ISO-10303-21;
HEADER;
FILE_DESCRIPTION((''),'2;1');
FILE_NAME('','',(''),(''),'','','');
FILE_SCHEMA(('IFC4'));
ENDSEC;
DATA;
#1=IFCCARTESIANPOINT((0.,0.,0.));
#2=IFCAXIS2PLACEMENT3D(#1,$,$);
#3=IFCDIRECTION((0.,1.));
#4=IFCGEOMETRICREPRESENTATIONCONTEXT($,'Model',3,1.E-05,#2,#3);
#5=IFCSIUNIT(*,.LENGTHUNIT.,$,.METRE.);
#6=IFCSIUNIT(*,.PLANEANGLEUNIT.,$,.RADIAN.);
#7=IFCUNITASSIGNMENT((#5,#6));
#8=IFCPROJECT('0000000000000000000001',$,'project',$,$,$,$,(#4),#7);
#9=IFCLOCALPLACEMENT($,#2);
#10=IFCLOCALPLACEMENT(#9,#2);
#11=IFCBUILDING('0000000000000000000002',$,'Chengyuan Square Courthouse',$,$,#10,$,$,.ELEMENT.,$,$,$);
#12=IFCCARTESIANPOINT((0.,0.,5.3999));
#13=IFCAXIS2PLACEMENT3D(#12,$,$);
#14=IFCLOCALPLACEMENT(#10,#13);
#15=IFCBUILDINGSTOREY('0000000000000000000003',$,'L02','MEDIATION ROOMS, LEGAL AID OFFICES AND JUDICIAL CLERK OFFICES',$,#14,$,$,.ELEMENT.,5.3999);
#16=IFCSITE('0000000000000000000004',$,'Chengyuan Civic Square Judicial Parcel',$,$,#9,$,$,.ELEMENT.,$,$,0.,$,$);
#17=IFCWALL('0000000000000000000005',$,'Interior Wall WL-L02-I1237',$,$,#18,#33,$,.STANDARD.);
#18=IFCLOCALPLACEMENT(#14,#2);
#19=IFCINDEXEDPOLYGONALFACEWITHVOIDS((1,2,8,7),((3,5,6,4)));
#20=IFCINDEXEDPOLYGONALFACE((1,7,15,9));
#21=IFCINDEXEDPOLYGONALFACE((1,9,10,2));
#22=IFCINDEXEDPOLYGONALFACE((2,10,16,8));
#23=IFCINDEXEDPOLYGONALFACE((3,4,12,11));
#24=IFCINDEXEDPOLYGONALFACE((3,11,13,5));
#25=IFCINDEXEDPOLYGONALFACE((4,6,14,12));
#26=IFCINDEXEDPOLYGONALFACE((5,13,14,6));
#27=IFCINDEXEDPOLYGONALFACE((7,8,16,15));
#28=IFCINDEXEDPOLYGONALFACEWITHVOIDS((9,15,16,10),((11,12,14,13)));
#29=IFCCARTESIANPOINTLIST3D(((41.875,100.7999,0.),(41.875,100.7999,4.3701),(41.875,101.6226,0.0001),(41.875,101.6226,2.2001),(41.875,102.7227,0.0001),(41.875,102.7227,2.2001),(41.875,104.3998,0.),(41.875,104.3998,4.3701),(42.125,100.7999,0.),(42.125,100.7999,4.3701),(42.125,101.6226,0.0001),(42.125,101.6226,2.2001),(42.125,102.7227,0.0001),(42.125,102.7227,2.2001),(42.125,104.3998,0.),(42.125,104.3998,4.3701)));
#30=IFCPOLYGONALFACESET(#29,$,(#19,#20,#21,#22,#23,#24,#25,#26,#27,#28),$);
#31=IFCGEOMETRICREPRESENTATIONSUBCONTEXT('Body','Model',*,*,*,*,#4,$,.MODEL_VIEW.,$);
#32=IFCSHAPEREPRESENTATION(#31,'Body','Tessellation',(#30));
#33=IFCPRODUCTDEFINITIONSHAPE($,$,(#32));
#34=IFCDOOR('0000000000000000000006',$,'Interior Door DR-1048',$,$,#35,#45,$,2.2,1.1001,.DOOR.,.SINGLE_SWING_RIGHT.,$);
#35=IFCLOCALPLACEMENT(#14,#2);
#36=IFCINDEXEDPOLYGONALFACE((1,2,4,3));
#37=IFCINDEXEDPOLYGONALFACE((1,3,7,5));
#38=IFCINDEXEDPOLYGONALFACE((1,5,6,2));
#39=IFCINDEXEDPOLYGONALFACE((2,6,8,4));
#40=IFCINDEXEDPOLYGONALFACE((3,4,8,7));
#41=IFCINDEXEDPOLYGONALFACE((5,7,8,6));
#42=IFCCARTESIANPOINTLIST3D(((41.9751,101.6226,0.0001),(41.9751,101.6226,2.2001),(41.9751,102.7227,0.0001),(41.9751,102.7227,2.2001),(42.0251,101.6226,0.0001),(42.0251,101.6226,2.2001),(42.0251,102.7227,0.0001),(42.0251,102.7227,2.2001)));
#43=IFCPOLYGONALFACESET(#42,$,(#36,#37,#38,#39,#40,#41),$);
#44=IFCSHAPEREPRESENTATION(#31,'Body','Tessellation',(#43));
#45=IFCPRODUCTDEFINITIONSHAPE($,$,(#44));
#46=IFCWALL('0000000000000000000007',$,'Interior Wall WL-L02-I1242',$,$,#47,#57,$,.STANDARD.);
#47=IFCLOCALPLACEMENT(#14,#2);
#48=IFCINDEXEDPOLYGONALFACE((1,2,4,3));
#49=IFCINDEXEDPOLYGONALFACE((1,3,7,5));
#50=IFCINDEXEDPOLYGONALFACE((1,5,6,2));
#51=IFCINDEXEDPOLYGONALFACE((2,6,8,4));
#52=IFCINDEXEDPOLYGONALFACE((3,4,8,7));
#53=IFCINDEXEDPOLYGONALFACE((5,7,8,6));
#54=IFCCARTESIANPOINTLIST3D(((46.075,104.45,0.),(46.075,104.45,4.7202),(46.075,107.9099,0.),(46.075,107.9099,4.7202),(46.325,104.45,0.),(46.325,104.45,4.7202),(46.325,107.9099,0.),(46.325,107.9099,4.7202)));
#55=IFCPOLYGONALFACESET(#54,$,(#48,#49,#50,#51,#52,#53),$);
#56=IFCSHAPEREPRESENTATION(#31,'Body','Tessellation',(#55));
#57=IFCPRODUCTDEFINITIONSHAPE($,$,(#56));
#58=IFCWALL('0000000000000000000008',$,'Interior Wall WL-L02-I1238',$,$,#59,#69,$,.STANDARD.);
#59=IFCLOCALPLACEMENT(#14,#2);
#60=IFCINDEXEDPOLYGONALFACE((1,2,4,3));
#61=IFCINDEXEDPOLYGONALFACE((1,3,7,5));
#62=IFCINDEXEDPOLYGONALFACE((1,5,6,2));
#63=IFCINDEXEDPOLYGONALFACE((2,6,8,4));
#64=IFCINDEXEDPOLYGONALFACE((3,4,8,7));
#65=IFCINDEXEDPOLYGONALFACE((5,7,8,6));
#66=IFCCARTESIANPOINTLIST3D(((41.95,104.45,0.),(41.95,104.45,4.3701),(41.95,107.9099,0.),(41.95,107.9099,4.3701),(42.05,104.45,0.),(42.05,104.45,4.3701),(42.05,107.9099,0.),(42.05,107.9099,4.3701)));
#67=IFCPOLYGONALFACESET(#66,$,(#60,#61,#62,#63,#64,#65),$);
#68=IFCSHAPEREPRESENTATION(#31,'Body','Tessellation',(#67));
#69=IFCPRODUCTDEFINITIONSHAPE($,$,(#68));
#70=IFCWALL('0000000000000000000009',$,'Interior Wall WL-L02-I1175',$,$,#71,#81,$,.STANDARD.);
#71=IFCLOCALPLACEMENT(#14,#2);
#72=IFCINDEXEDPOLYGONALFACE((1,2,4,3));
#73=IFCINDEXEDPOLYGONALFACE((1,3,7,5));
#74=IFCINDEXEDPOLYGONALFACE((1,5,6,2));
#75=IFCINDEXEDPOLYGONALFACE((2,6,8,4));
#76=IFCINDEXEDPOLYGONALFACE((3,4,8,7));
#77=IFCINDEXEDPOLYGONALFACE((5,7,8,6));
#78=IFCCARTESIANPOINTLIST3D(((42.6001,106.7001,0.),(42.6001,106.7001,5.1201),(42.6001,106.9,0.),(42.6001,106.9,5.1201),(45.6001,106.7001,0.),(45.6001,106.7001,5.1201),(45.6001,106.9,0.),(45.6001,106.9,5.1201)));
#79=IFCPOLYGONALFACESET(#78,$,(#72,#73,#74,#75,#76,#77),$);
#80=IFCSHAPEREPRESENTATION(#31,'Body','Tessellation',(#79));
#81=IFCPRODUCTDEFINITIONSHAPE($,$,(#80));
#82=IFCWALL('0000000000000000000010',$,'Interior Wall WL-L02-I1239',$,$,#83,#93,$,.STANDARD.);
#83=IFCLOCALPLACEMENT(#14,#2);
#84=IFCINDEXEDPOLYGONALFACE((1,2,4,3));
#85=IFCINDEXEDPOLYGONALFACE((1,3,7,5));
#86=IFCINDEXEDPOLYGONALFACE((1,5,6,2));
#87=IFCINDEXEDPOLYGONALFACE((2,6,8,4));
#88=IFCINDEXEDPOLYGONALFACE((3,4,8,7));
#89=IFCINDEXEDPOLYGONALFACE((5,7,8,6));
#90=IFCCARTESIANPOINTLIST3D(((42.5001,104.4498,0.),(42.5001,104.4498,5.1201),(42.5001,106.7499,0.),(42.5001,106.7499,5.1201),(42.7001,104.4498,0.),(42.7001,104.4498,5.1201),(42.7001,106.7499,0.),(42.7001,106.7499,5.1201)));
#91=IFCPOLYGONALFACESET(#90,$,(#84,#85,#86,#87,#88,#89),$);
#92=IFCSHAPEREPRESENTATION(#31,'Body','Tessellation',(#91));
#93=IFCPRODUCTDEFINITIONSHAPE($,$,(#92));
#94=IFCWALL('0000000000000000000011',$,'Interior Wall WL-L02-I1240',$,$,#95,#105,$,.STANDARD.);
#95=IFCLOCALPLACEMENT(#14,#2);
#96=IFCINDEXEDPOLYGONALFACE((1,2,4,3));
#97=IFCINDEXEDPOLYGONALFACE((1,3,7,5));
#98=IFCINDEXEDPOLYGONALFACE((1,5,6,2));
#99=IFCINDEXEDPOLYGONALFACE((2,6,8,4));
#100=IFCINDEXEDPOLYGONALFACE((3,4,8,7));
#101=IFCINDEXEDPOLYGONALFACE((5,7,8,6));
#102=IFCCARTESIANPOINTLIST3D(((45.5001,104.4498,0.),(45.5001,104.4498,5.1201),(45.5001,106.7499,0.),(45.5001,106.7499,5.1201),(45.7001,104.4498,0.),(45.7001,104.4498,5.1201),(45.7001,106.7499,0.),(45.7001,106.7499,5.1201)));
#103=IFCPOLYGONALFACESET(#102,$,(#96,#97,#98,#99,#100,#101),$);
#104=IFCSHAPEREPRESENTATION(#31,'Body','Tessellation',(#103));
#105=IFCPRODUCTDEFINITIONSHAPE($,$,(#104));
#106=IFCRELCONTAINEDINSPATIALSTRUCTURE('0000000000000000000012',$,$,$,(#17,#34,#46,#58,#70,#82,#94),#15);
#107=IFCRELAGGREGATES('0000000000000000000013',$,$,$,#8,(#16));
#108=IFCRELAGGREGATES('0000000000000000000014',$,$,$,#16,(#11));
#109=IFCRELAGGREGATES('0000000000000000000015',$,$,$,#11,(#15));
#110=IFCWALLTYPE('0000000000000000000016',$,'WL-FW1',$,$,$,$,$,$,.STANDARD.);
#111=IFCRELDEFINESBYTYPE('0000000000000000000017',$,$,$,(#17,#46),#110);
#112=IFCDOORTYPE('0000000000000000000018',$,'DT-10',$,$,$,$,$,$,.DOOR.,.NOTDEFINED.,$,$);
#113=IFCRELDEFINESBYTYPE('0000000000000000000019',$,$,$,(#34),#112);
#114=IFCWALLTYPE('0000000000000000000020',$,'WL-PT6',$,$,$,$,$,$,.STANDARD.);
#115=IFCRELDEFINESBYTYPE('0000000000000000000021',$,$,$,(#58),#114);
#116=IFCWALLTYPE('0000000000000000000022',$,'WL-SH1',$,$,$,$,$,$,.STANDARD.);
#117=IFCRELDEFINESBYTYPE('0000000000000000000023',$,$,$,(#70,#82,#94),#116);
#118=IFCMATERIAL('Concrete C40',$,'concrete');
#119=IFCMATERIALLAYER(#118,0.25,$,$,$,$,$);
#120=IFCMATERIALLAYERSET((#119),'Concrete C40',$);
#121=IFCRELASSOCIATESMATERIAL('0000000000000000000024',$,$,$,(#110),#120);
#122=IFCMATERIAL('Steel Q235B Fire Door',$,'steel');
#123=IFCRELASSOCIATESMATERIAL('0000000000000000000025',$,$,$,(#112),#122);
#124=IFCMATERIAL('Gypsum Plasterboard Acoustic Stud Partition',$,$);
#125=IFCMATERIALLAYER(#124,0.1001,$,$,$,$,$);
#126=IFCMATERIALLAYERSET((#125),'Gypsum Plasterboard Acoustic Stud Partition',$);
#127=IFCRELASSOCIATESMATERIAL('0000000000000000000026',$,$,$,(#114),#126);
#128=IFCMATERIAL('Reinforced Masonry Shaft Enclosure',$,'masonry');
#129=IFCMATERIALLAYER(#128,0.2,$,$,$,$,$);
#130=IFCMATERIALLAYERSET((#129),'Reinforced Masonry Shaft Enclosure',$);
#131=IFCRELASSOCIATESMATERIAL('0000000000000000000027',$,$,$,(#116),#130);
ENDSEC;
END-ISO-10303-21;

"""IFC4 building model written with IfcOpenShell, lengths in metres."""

from ifc_helpers import new_model, si_unit, direction, frame, frame_2d, origin, place, context, subcontext, project, spatial, rectangle, extrude, material, layer, layer_set, type_object, element, fill, save


model = new_model("IFC4")

# Units and contexts
model_context = context("Model", 3, precision=1e-05, world=origin(), true_north=direction((0.0, 1.0)))
body_context = subcontext(model_context, "Body", "Model", "MODEL_VIEW")
ifc_project = project(units=[si_unit("LENGTHUNIT", "METRE"), si_unit("PLANEANGLEUNIT", "RADIAN")], contexts=[model_context])

# Site, building, storey
site_placement = place(None, origin())
site = spatial("IfcSite", under=ifc_project, at=site_placement, Name="Chengyuan Civic Square Judicial Parcel", CompositionType="ELEMENT", RefElevation=0.0)
building_placement = place(site_placement, origin())
building = spatial("IfcBuilding", under=site, at=building_placement, Name="Chengyuan Square Courthouse", CompositionType="ELEMENT")
storey_placement = place(building_placement, frame((0.0, 0.0, 5.3999)))
storey = spatial("IfcBuildingStorey", under=building, at=storey_placement, Name="L02", Description="MEDIATION ROOMS, LEGAL AID OFFICES AND JUDICIAL CLERK OFFICES", CompositionType="ELEMENT", Elevation=5.3999)

# Shared definitions
ifc_material_1 = material(Name="Concrete C40", Category="concrete")

# Shared definitions
ifc_layer_1 = layer(ifc_material_1, 0.25)
ifc_layer_set_1 = layer_set([ifc_layer_1], Name="Concrete C40")
wall_type_1 = type_object("IfcWallType", Name="WL-FW1", PredefinedType="STANDARD", material=ifc_layer_set_1)

# Wall, opening, door
ifc_material_2 = material(Name="Steel Q235B Fire Door", Category="steel")
wall_1_placement = place(storey_placement, frame((42.0, 100.8, 0.0), z_axis=(0.0, 0.0, 1.0), x_axis=(0.0, 1.0, 0.0)))
wall_1 = element("IfcWall", 1, at=wall_1_placement, inside=storey, type_object=wall_type_1, Name="Interior Wall WL-L02-I1237", PredefinedType="STANDARD", context=body_context, shape_type="SweptSolid", body=[
    extrude(rectangle(XDim=3.5999, YDim=0.25, at=frame_2d((1.7998, 0.0))), origin(), (0.0, 0.0, 1.0), 4.3701),
])
opening_1_placement = place(wall_1_placement, frame((0.8225, 0.0, 0.0)))
opening_1 = element("IfcOpeningElement", 2, at=opening_1_placement, cuts=wall_1, PredefinedType="OPENING", context=body_context, shape_type="SweptSolid", body=[
    extrude(rectangle(XDim=1.1001, YDim=2.2, at=frame_2d((0.55, 1.1001))), frame((0.0, 0.137, 0.0), z_axis=(0.0, -1.0, 0.0), x_axis=(1.0, 0.0, 0.0)), (0.0, 0.0, 1.0), 0.2739),
])
door_type_1 = type_object("IfcDoorType", Name="DT-10", OperationType="NOTDEFINED", PredefinedType="DOOR", material=ifc_material_2)
door_1_placement = place(opening_1_placement, origin())
door_1 = element("IfcDoor", 3, at=door_1_placement, inside=storey, type_object=door_type_1, Name="Interior Door DR-1048", OperationType="SINGLE_SWING_RIGHT", OverallHeight=2.2, OverallWidth=1.1001, PredefinedType="DOOR", context=body_context, shape_type="SweptSolid", body=[
    extrude(rectangle(XDim=1.1001, YDim=2.2, at=frame_2d((0.55, 1.1001))), frame((0.0, 0.0249, 0.0), z_axis=(0.0, -1.0, 0.0), x_axis=(1.0, 0.0, 0.0)), (0.0, 0.0, 1.0), 0.05),
])
fill(opening_1, door_1)

# Wall
wall_2_placement = place(storey_placement, frame((46.2, 104.45, 0.0), z_axis=(0.0, 0.0, 1.0), x_axis=(0.0, 1.0, 0.0)))
element("IfcWall", 4, at=wall_2_placement, inside=storey, type_object=wall_type_1, Name="Interior Wall WL-L02-I1242", PredefinedType="STANDARD", context=body_context, shape_type="SweptSolid", body=[
    extrude(rectangle(XDim=3.46, YDim=0.25, at=frame_2d((1.73, 0.0))), origin(), (0.0, 0.0, 1.0), 4.7202),
])

# Wall
ifc_material_3 = material(Name="Gypsum Plasterboard Acoustic Stud Partition")
ifc_layer_2 = layer(ifc_material_3, 0.1001)
ifc_layer_set_2 = layer_set([ifc_layer_2], Name="Gypsum Plasterboard Acoustic Stud Partition")
wall_type_2 = type_object("IfcWallType", Name="WL-PT6", PredefinedType="STANDARD", material=ifc_layer_set_2)
wall_3_placement = place(storey_placement, frame((42.0, 104.45, 0.0), z_axis=(0.0, 0.0, 1.0), x_axis=(0.0, 1.0, 0.0)))
element("IfcWall", 5, at=wall_3_placement, inside=storey, type_object=wall_type_2, Name="Interior Wall WL-L02-I1238", PredefinedType="STANDARD", context=body_context, shape_type="SweptSolid", body=[
    extrude(rectangle(XDim=3.46, YDim=0.1001, at=frame_2d((1.73, 0.0))), origin(), (0.0, 0.0, 1.0), 4.3701),
])

# Shared definitions
ifc_material_4 = material(Name="Reinforced Masonry Shaft Enclosure", Category="masonry")
ifc_layer_3 = layer(ifc_material_4, 0.2)
ifc_layer_set_3 = layer_set([ifc_layer_3], Name="Reinforced Masonry Shaft Enclosure")
wall_type_3 = type_object("IfcWallType", Name="WL-SH1", PredefinedType="STANDARD", material=ifc_layer_set_3)

# Walls
wall_4_placement = place(storey_placement, frame((42.6001, 106.8, 0.0), z_axis=(0.0, 0.0, 1.0), x_axis=(1.0, 0.0, 0.0)))
element("IfcWall", 6, at=wall_4_placement, inside=storey, type_object=wall_type_3, Name="Interior Wall WL-L02-I1175", PredefinedType="STANDARD", context=body_context, shape_type="SweptSolid", body=[
    extrude(rectangle(XDim=3.0, YDim=0.2, at=frame_2d((1.5, 0.0))), origin(), (0.0, 0.0, 1.0), 5.1201),
])
for number, where, z_axis, x_axis, name in (
    (7, (42.6001, 104.45, 0.0), (0.0, 0.0, 1.0), (0.0, 1.0, 0.0), "Interior Wall WL-L02-I1239"),
    (8, (45.6001, 104.45, 0.0), (0.0, 0.0, 1.0), (0.0, 1.0, 0.0), "Interior Wall WL-L02-I1240"),
):
    element("IfcWall", number, at=place(storey_placement, frame(where, z_axis=z_axis, x_axis=x_axis)), inside=storey, type_object=wall_type_3, Name=name, PredefinedType="STANDARD", context=body_context, shape_type="SweptSolid", body=[
        extrude(rectangle(XDim=2.3, YDim=0.2, at=frame_2d((1.1499, 0.0))), origin(), (0.0, 0.0, 1.0), 5.1201),
    ])

save(model, "model.ifc")
